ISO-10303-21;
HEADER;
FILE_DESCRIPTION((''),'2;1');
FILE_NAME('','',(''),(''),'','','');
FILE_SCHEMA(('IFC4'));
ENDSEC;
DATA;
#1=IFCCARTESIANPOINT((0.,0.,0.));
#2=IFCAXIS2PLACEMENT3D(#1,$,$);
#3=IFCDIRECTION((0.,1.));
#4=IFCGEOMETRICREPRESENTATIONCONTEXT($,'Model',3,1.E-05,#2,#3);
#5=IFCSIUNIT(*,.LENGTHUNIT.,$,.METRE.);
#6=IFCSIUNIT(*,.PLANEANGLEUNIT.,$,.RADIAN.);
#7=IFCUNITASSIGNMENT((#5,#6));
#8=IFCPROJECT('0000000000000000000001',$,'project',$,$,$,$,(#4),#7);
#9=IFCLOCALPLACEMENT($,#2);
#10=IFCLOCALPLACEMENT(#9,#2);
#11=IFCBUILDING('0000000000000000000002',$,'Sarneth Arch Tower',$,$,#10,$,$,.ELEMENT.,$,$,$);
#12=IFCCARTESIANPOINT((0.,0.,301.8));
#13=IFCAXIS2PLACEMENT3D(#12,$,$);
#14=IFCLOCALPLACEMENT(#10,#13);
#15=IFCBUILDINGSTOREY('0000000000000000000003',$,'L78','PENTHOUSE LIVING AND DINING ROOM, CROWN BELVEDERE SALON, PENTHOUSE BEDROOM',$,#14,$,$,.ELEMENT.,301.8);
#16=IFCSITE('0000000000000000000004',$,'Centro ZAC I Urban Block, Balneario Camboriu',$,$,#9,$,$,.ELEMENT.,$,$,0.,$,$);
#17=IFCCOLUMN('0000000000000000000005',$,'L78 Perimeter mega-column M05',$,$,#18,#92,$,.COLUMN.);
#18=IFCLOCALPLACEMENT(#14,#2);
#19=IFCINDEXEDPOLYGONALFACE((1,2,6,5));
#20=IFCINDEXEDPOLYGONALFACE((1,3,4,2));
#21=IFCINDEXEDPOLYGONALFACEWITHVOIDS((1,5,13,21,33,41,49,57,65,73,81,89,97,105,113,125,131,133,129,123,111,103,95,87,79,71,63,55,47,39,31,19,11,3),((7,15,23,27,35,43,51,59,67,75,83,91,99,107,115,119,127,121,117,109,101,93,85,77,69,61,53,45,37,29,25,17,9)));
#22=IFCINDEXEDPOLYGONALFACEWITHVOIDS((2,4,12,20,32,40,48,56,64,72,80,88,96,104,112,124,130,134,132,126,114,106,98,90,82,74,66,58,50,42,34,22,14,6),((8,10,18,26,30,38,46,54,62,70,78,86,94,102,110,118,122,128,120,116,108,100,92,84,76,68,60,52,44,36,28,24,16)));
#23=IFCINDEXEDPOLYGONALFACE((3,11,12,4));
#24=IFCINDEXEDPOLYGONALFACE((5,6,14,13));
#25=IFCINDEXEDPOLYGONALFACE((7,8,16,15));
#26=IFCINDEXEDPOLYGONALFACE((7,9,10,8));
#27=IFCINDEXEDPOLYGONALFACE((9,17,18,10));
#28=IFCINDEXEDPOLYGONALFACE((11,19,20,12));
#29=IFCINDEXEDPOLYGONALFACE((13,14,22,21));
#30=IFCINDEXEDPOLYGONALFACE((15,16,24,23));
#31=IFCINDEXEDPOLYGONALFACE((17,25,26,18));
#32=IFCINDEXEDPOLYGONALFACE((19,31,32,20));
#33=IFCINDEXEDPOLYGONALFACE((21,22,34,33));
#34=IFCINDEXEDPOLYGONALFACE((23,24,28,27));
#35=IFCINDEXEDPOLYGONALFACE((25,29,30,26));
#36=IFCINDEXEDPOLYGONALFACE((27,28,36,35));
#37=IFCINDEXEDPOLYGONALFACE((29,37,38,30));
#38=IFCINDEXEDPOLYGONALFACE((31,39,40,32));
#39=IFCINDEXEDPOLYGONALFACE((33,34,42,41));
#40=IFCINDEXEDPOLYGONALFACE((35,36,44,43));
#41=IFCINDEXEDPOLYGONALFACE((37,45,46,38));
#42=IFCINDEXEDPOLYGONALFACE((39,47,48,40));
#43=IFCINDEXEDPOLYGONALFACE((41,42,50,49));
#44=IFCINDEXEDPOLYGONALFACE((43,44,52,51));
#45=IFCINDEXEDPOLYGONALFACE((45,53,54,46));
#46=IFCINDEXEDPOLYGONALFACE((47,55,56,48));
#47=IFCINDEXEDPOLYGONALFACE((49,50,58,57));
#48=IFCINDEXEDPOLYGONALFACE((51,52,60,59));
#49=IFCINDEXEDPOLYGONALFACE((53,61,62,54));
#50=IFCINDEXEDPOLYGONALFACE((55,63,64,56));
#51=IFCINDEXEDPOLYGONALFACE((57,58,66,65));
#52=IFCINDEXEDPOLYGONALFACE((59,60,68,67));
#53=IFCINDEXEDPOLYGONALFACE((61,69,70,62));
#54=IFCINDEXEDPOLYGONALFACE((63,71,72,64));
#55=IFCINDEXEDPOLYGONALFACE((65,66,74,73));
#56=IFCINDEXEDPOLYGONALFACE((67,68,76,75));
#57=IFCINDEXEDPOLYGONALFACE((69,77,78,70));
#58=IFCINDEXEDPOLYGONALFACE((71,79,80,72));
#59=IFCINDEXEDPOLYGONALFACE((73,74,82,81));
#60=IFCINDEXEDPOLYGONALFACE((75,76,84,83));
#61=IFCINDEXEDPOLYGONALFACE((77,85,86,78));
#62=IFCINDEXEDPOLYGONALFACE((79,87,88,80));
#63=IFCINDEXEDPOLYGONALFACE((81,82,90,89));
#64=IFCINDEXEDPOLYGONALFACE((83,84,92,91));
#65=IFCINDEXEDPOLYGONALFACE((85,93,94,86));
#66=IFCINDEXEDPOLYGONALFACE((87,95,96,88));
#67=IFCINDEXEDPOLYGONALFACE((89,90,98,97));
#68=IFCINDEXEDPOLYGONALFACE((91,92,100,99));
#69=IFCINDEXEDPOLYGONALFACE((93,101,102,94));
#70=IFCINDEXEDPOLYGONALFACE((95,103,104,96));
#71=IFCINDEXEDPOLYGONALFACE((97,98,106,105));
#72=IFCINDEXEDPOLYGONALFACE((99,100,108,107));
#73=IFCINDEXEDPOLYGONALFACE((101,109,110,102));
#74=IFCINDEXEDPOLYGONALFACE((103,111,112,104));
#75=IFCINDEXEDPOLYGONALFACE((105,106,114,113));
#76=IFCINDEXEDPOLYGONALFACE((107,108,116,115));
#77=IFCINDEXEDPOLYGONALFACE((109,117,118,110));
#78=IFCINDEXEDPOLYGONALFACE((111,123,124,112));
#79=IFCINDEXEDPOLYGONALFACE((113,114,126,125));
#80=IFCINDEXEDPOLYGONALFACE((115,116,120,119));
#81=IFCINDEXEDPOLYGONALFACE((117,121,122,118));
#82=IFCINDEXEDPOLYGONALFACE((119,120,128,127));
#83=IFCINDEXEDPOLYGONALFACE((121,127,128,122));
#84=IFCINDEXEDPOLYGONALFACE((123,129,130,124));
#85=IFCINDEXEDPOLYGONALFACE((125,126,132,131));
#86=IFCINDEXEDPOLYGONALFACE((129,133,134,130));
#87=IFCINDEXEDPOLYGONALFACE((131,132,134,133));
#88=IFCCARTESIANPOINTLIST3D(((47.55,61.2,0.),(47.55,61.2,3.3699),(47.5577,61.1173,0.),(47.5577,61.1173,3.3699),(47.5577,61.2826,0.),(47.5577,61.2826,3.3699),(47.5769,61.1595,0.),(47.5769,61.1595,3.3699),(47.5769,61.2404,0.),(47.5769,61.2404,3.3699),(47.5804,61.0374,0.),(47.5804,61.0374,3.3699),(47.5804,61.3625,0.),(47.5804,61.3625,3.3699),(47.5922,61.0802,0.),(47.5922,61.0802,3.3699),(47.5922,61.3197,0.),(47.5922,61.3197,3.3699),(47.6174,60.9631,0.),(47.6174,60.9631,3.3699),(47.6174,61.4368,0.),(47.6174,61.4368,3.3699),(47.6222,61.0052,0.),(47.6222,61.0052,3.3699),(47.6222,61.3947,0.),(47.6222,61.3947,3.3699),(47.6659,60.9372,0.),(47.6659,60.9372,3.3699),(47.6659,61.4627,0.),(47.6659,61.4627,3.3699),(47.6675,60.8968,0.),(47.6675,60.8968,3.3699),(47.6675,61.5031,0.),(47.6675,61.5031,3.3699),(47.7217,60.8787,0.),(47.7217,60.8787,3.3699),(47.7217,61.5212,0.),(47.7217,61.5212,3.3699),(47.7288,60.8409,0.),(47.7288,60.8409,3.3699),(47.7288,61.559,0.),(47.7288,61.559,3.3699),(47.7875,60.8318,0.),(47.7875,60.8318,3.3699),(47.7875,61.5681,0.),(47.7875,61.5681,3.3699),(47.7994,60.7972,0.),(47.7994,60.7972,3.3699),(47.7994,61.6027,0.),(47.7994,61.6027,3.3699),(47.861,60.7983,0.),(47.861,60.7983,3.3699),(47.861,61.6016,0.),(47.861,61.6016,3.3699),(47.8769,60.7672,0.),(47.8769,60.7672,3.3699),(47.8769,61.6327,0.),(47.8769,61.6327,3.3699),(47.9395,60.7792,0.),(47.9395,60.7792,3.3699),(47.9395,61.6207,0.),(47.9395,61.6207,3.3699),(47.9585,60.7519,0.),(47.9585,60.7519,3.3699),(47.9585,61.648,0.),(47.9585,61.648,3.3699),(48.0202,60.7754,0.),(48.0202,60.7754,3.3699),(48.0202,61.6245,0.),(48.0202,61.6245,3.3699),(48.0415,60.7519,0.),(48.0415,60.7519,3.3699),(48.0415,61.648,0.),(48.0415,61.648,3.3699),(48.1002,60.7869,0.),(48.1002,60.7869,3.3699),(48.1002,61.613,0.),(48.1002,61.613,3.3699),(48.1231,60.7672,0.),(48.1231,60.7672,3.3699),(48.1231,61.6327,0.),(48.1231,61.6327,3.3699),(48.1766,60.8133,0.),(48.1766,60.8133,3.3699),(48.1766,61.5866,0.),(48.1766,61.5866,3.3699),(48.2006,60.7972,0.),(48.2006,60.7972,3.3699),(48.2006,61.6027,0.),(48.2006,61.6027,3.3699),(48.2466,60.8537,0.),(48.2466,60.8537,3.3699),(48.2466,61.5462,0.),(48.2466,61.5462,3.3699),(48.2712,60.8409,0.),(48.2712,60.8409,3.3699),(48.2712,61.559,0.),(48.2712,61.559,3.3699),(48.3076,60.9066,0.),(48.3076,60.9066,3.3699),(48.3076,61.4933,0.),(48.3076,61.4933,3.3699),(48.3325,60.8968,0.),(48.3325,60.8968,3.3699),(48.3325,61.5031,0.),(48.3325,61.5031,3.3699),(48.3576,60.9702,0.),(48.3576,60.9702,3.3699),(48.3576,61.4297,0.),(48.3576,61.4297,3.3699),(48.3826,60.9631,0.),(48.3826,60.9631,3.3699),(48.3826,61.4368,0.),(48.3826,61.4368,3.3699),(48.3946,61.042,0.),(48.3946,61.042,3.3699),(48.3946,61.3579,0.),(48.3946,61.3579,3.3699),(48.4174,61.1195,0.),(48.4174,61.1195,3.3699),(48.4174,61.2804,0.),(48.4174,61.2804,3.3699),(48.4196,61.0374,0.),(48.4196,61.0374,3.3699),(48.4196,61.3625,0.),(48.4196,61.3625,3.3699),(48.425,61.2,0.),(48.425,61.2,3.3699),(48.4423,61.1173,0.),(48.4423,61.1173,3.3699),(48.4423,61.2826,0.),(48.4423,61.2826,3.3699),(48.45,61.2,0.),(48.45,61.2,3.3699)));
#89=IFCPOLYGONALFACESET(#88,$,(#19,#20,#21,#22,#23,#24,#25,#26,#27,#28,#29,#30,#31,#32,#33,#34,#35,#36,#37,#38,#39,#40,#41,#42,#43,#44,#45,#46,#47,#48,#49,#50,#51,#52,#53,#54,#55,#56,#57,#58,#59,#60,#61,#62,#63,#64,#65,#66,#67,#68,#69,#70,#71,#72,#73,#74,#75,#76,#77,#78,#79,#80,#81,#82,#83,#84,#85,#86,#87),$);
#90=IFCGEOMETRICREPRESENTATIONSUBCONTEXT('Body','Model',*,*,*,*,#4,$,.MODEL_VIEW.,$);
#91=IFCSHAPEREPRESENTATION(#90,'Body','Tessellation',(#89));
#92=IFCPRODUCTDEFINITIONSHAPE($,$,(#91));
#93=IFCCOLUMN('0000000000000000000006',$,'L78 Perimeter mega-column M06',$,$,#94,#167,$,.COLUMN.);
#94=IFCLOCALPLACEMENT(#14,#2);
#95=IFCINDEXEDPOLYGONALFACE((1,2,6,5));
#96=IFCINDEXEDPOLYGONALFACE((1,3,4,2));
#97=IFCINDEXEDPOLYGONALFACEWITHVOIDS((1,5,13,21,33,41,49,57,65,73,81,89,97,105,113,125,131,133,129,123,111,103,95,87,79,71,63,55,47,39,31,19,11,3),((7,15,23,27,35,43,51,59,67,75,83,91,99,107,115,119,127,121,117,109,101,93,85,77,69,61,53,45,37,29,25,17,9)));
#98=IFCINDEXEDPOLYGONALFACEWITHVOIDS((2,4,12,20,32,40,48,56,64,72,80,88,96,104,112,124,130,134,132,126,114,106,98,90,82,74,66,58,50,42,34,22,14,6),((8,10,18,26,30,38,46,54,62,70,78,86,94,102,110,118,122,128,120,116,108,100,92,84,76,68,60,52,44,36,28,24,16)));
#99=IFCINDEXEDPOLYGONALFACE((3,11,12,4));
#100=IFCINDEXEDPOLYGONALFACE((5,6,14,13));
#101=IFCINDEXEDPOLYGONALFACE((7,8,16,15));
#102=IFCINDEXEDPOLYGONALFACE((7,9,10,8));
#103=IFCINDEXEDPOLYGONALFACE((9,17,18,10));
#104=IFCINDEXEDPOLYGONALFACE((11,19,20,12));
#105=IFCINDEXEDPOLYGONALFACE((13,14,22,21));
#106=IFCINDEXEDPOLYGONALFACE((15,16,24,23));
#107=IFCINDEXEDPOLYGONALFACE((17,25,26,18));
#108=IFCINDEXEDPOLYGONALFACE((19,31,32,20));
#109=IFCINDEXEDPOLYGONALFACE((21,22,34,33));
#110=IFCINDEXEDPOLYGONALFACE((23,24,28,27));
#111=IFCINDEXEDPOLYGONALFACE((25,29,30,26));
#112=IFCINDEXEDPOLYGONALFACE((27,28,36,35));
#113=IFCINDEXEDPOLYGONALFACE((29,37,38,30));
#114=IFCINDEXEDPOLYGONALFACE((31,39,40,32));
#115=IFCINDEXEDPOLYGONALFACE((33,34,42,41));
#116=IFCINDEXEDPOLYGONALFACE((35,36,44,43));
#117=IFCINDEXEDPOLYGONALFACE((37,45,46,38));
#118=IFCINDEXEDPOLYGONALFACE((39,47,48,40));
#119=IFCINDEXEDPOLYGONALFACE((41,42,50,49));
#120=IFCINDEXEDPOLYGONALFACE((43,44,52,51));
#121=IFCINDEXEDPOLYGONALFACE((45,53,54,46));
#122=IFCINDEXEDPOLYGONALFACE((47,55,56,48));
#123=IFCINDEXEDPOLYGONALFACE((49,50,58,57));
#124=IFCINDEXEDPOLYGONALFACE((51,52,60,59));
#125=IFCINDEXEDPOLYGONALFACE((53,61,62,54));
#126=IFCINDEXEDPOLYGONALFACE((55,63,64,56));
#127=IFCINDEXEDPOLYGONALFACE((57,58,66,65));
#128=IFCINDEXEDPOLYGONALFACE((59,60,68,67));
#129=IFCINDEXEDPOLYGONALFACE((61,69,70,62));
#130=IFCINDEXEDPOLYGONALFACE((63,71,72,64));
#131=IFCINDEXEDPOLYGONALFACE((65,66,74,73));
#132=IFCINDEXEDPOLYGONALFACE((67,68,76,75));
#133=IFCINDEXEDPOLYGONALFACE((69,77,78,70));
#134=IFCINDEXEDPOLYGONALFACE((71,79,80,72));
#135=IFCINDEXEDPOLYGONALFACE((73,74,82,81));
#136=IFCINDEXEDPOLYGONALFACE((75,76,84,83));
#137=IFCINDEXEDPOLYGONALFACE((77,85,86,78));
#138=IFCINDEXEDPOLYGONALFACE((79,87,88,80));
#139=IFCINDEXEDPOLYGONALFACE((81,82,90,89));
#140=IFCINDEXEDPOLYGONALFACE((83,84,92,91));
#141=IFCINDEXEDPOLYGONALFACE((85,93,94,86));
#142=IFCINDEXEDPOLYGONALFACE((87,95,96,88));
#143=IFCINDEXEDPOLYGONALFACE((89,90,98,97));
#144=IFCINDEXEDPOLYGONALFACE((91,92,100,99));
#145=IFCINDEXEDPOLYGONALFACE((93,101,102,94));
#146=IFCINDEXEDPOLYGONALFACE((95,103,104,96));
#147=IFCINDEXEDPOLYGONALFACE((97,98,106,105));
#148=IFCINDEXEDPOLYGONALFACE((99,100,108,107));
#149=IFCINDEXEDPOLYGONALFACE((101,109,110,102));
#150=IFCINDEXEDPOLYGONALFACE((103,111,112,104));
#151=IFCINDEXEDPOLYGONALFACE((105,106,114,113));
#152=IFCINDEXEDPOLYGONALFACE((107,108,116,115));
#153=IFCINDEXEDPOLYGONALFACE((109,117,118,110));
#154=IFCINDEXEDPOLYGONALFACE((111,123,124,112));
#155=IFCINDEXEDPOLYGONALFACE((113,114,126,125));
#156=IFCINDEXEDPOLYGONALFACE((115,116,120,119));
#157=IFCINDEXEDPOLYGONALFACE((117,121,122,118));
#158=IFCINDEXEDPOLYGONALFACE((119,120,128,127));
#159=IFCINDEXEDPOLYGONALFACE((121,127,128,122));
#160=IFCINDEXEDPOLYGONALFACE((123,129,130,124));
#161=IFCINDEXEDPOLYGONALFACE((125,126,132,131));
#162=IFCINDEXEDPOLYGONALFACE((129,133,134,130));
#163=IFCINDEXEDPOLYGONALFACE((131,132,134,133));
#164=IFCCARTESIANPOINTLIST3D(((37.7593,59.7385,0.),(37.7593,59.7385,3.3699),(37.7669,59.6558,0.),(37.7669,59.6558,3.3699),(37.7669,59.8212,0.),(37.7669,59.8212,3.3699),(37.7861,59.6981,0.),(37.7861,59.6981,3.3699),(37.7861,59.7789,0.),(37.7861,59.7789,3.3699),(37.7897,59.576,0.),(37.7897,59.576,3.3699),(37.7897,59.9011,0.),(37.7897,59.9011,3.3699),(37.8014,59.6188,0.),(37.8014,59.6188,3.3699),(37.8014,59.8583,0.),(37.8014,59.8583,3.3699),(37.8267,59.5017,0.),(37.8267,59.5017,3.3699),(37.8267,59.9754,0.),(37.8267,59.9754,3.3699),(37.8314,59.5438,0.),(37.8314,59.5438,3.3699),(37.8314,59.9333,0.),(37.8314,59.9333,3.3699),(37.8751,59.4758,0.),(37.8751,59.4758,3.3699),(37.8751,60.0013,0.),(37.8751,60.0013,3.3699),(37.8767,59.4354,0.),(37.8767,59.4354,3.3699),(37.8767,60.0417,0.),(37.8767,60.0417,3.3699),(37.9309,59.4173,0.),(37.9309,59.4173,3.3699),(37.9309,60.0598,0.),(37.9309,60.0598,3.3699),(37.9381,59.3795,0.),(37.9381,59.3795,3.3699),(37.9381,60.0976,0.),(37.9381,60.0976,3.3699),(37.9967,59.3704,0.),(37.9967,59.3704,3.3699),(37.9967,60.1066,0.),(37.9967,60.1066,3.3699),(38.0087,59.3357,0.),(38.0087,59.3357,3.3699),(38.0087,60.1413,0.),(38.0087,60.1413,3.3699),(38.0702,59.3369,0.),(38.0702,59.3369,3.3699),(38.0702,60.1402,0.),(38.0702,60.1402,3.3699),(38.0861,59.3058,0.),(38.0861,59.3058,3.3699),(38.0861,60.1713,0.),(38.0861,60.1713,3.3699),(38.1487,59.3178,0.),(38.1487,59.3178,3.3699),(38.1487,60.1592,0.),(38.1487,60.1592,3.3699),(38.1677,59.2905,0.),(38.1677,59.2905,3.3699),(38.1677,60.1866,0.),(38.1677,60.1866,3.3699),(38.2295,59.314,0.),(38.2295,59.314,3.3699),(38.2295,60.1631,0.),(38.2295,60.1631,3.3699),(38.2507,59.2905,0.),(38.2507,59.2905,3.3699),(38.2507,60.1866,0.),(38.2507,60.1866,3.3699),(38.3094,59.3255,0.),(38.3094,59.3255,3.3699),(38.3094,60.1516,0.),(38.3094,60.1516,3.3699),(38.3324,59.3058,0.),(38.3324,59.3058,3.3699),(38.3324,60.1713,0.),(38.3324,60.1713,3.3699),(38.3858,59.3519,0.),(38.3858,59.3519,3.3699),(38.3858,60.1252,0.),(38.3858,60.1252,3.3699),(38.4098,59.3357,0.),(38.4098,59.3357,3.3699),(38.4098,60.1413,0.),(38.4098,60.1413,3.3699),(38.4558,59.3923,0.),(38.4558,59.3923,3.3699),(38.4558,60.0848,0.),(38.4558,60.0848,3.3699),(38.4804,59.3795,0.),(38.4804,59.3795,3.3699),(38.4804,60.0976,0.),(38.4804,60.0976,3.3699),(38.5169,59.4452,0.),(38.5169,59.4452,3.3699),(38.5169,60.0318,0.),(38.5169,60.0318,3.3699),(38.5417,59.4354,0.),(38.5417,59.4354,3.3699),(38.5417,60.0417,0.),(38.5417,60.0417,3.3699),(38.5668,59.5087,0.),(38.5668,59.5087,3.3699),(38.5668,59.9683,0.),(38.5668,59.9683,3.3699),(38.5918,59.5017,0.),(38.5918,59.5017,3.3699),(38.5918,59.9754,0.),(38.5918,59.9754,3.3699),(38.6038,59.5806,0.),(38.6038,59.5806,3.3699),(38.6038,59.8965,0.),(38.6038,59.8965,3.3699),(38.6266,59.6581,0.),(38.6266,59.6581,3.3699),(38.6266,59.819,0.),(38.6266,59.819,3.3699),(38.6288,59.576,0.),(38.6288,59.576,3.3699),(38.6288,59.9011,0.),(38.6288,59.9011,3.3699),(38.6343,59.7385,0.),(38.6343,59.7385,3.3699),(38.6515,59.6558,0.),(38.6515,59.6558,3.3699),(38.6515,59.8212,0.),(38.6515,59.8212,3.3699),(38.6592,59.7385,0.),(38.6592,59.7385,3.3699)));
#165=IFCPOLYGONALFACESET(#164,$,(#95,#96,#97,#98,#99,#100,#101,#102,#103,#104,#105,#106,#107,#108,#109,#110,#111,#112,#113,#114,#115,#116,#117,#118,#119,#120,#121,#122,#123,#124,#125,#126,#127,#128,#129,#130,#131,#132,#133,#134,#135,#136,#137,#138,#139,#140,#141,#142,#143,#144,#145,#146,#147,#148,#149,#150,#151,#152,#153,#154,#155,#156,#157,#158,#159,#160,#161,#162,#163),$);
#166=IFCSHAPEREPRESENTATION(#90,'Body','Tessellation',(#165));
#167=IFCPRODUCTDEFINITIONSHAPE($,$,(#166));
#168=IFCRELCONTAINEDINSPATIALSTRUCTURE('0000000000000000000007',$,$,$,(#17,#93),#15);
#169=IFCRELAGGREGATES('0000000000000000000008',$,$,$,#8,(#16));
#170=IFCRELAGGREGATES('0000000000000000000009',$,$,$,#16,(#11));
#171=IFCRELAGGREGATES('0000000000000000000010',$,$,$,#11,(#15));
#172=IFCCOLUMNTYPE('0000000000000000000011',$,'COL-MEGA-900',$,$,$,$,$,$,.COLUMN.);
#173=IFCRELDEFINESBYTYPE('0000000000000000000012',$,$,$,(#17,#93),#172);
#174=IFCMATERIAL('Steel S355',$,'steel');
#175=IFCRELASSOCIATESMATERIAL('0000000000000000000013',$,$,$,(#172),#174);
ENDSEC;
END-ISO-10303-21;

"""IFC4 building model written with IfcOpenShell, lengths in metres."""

from ifc_helpers import new_model, si_unit, direction, frame, origin, origin_2d, place, context, subcontext, project, spatial, hollow_circle, extrude, material, material_profile, profile_set, type_object, element, save


model = new_model("IFC4")

# Units and contexts
model_context = context("Model", 3, precision=1e-05, world=origin(), true_north=direction((0.0, 1.0)))
body_context = subcontext(model_context, "Body", "Model", "MODEL_VIEW")
ifc_project = project(units=[si_unit("LENGTHUNIT", "METRE"), si_unit("PLANEANGLEUNIT", "RADIAN")], contexts=[model_context])

# Site, building, storey
site_placement = place(None, origin())
site = spatial("IfcSite", under=ifc_project, at=site_placement, Name="Centro ZAC I Urban Block, Balneario Camboriu", CompositionType="ELEMENT", RefElevation=0.0)
building_placement = place(site_placement, origin())
building = spatial("IfcBuilding", under=site, at=building_placement, Name="Sarneth Arch Tower", CompositionType="ELEMENT")
storey_placement = place(building_placement, frame((0.0, 0.0, 301.8)))
storey = spatial("IfcBuildingStorey", under=building, at=storey_placement, Name="L78", Description="PENTHOUSE LIVING AND DINING ROOM, CROWN BELVEDERE SALON, PENTHOUSE BEDROOM", CompositionType="ELEMENT", Elevation=301.8)

# Columns
ifc_material_1 = material(Name="Steel S355", Category="steel")
ifc_material_profile_1 = material_profile(ifc_material_1, hollow_circle(Radius=0.45, WallThickness=0.0249, at=origin_2d()), Name="CHS900x25")
ifc_profile_set_1 = profile_set([ifc_material_profile_1], Name="Steel S355")
column_type = type_object("IfcColumnType", Name="COL-MEGA-900", PredefinedType="COLUMN", material=ifc_profile_set_1)
for number, where, z_axis, x_axis, name in (
    (1, (48.0, 61.2, 0.0), (0.0, 0.0, 1.0), (1.0, 0.0, 0.0), "L78 Perimeter mega-column M05"),
    (2, (38.2092, 59.7385, 0.0), (0.0, 0.0, 1.0), (1.0, 0.0, 0.0), "L78 Perimeter mega-column M06"),
):
    element("IfcColumn", number, at=place(storey_placement, frame(where, z_axis=z_axis, x_axis=x_axis)), inside=storey, type_object=column_type, Name=name, PredefinedType="COLUMN", context=body_context, shape_type="SweptSolid", body=[
        extrude(hollow_circle(Radius=0.45, WallThickness=0.0249, at=origin_2d()), origin(), (0.0, 0.0, 1.0), 3.3699),
    ])

save(model, "model.ifc")
